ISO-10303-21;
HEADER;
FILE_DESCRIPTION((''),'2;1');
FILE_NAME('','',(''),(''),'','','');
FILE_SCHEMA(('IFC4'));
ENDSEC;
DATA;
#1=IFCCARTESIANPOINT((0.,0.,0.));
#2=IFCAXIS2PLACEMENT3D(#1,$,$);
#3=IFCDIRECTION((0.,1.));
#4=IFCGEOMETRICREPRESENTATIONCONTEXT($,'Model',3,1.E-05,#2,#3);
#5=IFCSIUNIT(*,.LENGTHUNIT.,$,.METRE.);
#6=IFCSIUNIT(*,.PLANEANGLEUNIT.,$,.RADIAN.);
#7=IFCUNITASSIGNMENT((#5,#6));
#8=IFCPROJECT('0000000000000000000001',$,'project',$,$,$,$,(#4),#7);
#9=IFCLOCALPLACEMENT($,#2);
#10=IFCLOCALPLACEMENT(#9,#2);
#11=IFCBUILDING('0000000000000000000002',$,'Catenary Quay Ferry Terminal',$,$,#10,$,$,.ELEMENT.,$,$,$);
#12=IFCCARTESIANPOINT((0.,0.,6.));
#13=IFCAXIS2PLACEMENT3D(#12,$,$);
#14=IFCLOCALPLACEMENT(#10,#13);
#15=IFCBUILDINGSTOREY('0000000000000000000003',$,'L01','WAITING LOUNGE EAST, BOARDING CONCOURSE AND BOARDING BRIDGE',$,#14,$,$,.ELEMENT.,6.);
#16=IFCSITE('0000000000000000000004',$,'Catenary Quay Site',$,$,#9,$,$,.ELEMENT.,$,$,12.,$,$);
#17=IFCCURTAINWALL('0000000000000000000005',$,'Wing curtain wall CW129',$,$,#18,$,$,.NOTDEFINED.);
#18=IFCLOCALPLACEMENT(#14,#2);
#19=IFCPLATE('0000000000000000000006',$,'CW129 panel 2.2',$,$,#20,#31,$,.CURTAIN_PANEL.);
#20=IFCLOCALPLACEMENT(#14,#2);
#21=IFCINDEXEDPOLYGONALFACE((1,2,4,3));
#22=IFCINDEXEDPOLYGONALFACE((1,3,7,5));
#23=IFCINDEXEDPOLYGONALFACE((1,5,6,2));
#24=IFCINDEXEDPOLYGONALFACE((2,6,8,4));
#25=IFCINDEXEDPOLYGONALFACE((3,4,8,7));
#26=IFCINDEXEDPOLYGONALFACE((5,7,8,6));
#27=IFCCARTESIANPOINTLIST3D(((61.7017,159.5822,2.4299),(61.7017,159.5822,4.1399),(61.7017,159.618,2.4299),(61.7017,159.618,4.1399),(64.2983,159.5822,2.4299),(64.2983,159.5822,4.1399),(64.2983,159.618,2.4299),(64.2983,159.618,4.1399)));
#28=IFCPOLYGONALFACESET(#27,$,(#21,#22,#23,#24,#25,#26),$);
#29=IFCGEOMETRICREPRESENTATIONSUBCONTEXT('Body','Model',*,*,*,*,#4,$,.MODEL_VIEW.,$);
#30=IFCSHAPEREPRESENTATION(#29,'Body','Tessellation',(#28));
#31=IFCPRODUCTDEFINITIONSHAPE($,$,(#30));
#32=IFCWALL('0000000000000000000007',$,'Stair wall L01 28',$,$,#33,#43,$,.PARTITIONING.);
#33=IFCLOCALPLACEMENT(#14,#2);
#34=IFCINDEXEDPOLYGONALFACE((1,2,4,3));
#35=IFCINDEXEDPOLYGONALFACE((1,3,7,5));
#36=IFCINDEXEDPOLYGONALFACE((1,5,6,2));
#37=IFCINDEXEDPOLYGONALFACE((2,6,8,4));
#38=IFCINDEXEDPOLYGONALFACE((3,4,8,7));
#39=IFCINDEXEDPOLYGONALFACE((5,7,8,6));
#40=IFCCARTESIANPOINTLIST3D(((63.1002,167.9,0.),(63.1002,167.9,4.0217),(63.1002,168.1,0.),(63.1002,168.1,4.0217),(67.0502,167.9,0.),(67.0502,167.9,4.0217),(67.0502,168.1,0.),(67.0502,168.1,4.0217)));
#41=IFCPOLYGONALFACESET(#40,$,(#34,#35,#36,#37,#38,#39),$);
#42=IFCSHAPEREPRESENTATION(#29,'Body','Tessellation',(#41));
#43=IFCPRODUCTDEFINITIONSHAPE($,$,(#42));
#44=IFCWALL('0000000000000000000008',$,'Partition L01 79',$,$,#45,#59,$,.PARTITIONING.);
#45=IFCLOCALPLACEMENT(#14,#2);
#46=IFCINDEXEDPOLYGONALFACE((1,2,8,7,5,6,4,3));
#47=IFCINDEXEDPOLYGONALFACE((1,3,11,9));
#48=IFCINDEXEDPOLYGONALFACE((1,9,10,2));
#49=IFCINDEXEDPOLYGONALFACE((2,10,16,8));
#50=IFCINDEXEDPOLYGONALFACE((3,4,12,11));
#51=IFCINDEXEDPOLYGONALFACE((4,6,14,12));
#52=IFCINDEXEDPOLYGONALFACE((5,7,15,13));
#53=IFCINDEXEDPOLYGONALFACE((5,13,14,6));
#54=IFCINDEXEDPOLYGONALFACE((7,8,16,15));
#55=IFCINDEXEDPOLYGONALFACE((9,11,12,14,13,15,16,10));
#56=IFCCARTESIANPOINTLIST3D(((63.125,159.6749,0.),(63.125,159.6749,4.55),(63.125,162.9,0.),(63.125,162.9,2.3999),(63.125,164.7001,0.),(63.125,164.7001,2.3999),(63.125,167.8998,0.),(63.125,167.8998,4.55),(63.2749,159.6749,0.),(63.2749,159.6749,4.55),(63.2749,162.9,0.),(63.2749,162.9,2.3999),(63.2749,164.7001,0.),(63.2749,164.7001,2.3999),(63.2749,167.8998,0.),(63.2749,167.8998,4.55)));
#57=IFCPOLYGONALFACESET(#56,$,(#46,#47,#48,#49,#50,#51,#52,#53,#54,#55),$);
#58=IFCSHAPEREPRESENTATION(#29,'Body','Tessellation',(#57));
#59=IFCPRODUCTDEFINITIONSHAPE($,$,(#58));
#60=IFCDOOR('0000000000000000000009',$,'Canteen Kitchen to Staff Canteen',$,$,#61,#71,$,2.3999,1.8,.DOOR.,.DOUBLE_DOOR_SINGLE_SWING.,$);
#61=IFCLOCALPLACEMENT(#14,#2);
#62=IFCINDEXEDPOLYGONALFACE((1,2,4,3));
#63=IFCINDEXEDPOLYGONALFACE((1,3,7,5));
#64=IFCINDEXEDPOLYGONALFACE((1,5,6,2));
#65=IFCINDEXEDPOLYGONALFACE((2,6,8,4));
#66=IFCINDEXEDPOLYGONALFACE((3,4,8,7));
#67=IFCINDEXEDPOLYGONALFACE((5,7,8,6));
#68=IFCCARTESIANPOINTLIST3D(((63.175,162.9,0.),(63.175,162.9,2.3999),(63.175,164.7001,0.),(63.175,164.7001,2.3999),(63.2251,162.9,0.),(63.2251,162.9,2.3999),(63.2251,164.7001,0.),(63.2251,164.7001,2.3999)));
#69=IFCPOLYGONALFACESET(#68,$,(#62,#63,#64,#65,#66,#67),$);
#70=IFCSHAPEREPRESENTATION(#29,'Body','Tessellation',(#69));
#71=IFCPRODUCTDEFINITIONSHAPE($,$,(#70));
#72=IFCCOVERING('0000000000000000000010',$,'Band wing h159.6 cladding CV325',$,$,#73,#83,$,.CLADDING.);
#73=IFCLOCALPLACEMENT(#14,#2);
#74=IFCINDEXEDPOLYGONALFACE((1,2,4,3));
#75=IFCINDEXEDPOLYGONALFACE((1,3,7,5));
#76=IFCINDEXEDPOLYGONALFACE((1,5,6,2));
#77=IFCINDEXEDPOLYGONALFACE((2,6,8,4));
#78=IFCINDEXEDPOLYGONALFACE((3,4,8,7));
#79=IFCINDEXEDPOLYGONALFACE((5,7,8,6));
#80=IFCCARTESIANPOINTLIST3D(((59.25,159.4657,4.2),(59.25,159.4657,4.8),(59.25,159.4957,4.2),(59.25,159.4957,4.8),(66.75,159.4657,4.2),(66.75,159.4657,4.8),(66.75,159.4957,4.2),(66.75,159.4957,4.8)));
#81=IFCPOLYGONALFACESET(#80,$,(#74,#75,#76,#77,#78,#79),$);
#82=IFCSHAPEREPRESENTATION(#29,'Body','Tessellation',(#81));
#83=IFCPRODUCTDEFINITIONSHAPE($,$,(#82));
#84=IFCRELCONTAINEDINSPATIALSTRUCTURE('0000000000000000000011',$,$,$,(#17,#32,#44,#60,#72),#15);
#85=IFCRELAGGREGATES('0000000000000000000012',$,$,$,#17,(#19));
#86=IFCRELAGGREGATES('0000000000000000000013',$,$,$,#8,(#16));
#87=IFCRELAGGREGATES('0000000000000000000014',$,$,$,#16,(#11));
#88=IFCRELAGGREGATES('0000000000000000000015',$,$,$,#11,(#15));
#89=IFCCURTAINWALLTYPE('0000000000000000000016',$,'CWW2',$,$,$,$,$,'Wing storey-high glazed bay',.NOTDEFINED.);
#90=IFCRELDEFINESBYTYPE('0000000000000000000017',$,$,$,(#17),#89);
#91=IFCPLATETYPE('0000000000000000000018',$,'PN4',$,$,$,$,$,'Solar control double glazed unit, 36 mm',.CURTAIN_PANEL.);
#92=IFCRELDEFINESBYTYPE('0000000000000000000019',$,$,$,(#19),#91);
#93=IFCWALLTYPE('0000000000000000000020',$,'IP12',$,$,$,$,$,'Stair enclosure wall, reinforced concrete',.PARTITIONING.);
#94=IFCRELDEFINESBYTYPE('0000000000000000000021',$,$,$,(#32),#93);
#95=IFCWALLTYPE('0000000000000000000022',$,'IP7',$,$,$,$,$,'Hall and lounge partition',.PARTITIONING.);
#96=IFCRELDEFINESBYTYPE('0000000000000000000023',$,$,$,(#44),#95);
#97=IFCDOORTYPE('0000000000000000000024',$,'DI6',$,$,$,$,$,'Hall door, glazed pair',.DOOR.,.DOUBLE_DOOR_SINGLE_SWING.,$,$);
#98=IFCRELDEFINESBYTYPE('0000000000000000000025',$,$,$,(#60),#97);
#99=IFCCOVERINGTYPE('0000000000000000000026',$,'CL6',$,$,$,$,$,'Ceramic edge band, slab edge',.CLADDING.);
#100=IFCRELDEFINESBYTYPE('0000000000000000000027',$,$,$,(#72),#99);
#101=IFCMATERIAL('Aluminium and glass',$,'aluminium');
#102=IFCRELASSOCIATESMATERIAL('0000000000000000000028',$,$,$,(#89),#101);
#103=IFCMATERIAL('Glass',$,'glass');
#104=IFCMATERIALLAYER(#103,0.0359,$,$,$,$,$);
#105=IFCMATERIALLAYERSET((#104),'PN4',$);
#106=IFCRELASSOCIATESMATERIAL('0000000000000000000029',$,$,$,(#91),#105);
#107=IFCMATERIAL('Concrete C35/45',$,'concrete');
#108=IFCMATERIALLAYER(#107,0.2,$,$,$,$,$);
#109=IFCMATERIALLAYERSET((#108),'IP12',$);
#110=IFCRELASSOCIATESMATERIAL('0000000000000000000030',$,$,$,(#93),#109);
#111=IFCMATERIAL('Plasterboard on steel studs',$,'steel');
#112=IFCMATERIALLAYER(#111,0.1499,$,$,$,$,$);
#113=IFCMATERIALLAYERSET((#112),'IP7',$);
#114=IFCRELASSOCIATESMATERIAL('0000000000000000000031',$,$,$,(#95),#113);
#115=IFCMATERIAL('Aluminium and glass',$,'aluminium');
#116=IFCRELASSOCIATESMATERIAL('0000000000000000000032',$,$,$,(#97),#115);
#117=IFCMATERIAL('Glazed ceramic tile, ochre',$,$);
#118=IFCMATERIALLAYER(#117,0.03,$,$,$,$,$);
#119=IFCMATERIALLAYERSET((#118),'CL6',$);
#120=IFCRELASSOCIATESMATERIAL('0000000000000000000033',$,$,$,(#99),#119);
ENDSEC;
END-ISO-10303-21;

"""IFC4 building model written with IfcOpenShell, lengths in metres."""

from ifc_helpers import new_model, si_unit, direction, frame, frame_2d, origin, origin_2d, place, context, subcontext, project, spatial, rectangle, extrude, material, layer, layer_set, type_object, element, fill, aggregate, save


model = new_model("IFC4")

# Units and contexts
model_context = context("Model", 3, precision=1e-05, world=origin(), true_north=direction((0.0, 1.0)))
body_context = subcontext(model_context, "Body", "Model", "MODEL_VIEW")
ifc_project = project(units=[si_unit("LENGTHUNIT", "METRE"), si_unit("PLANEANGLEUNIT", "RADIAN")], contexts=[model_context])

# Site, building, storey
site_placement = place(None, origin())
site = spatial("IfcSite", under=ifc_project, at=site_placement, Name="Catenary Quay Site", CompositionType="ELEMENT", RefElevation=12.0)
building_placement = place(site_placement, origin())
building = spatial("IfcBuilding", under=site, at=building_placement, Name="Catenary Quay Ferry Terminal", CompositionType="ELEMENT")
storey_placement = place(building_placement, frame((0.0, 0.0, 6.0)))
storey = spatial("IfcBuildingStorey", under=building, at=storey_placement, Name="L01", Description="WAITING LOUNGE EAST, BOARDING CONCOURSE AND BOARDING BRIDGE", CompositionType="ELEMENT", Elevation=6.0)

# Shared definitions
ifc_material_1 = material(Name="Aluminium and glass", Category="aluminium")
curtain_wall_type = type_object("IfcCurtainWallType", Name="CWW2", ElementType="Wing storey-high glazed bay", PredefinedType="NOTDEFINED", material=ifc_material_1)

# Curtain wall
curtain_wall_1_placement = place(storey_placement, origin())
curtain_wall_1 = element("IfcCurtainWall", 1, at=curtain_wall_1_placement, inside=storey, type_object=curtain_wall_type, Name="Wing curtain wall CW129", PredefinedType="NOTDEFINED")

# Plate
ifc_material_2 = material(Name="Glass", Category="glass")
ifc_layer_1 = layer(ifc_material_2, 0.0359)
ifc_layer_set_1 = layer_set([ifc_layer_1], Name="PN4")
plate_type = type_object("IfcPlateType", Name="PN4", ElementType="Solar control double glazed unit, 36 mm", PredefinedType="CURTAIN_PANEL", material=ifc_layer_set_1)
plate_1_placement = place(storey_placement, frame((63.0, 159.6001, 2.4299), z_axis=(0.0, 0.0, 1.0), x_axis=(1.0, 0.0, 0.0)))
plate_1 = element("IfcPlate", 2, at=plate_1_placement, type_object=plate_type, Name="CW129 panel 2.2", PredefinedType="CURTAIN_PANEL", context=body_context, shape_type="SweptSolid", body=[
    extrude(rectangle(XDim=2.5967, YDim=0.0359, at=origin_2d()), origin(), (0.0, 0.0, 1.0), 1.71),
])
aggregate(curtain_wall_1, [plate_1])

# Wall
ifc_material_3 = material(Name="Concrete C35/45", Category="concrete")
ifc_layer_2 = layer(ifc_material_3, 0.2)
ifc_layer_set_2 = layer_set([ifc_layer_2], Name="IP12")
wall_type_1 = type_object("IfcWallType", Name="IP12", ElementType="Stair enclosure wall, reinforced concrete", PredefinedType="PARTITIONING", material=ifc_layer_set_2)
wall_1_placement = place(storey_placement, frame((63.1001, 168.0, 0.0), z_axis=(0.0, 0.0, 1.0), x_axis=(1.0, 0.0, 0.0)))
element("IfcWall", 3, at=wall_1_placement, inside=storey, type_object=wall_type_1, Name="Stair wall L01 28", PredefinedType="PARTITIONING", context=body_context, shape_type="SweptSolid", body=[
    extrude(rectangle(XDim=3.95, YDim=0.2, at=frame_2d((1.9751, 0.0))), origin(), (0.0, 0.0, 1.0), 4.0217),
])

# Wall, opening, door
ifc_material_4 = material(Name="Plasterboard on steel studs", Category="steel")
ifc_layer_3 = layer(ifc_material_4, 0.1499)
ifc_layer_set_3 = layer_set([ifc_layer_3], Name="IP7")
wall_type_2 = type_object("IfcWallType", Name="IP7", ElementType="Hall and lounge partition", PredefinedType="PARTITIONING", material=ifc_layer_set_3)
wall_2_placement = place(storey_placement, frame((63.2, 159.675, 0.0), z_axis=(0.0, 0.0, 1.0), x_axis=(0.0, 1.0, 0.0)))
wall_2 = element("IfcWall", 4, at=wall_2_placement, inside=storey, type_object=wall_type_2, Name="Partition L01 79", PredefinedType="PARTITIONING", context=body_context, shape_type="SweptSolid", body=[
    extrude(rectangle(XDim=8.2249, YDim=0.1499, at=frame_2d((4.1123, 0.0))), origin(), (0.0, 0.0, 1.0), 4.55),
])
opening_placement = place(wall_2_placement, frame((3.2251, 0.0, 0.0)))
opening = element("IfcOpeningElement", 5, at=opening_placement, cuts=wall_2, PredefinedType="OPENING", context=body_context, shape_type="SweptSolid", body=[
    extrude(rectangle(XDim=1.8, YDim=2.3999, at=frame_2d((0.8999, 1.2))), frame((0.0, 0.085, 0.0), z_axis=(0.0, -1.0, 0.0), x_axis=(1.0, 0.0, 0.0)), (0.0, 0.0, 1.0), 0.1699),
])
ifc_material_5 = material(Name="Aluminium and glass", Category="aluminium")
door_type = type_object("IfcDoorType", Name="DI6", ElementType="Hall door, glazed pair", OperationType="DOUBLE_DOOR_SINGLE_SWING", PredefinedType="DOOR", material=ifc_material_5)
door_placement = place(opening_placement, origin())
door = element("IfcDoor", 6, at=door_placement, inside=storey, type_object=door_type, Name="Canteen Kitchen to Staff Canteen", OperationType="DOUBLE_DOOR_SINGLE_SWING", OverallHeight=2.3999, OverallWidth=1.8, PredefinedType="DOOR", context=body_context, shape_type="SweptSolid", body=[
    extrude(rectangle(XDim=1.8, YDim=2.3999, at=frame_2d((0.8999, 1.2))), frame((0.0, 0.0249, 0.0), z_axis=(0.0, -1.0, 0.0), x_axis=(1.0, 0.0, 0.0)), (0.0, 0.0, 1.0), 0.05),
])
fill(opening, door)

# Covering
ifc_material_6 = material(Name="Glazed ceramic tile, ochre")
ifc_layer_4 = layer(ifc_material_6, 0.03)
ifc_layer_set_4 = layer_set([ifc_layer_4], Name="CL6")
covering_type = type_object("IfcCoveringType", Name="CL6", ElementType="Ceramic edge band, slab edge", PredefinedType="CLADDING", material=ifc_layer_set_4)
covering_placement = place(storey_placement, frame((63.0, 159.4807, 4.2), z_axis=(0.0, 0.0, 1.0), x_axis=(1.0, 0.0, 0.0)))
element("IfcCovering", 7, at=covering_placement, inside=storey, type_object=covering_type, Name="Band wing h159.6 cladding CV325", PredefinedType="CLADDING", context=body_context, shape_type="SweptSolid", body=[
    extrude(rectangle(XDim=7.5, YDim=0.03, at=origin_2d()), origin(), (0.0, 0.0, 1.0), 0.6001),
])

save(model, "model.ifc")
